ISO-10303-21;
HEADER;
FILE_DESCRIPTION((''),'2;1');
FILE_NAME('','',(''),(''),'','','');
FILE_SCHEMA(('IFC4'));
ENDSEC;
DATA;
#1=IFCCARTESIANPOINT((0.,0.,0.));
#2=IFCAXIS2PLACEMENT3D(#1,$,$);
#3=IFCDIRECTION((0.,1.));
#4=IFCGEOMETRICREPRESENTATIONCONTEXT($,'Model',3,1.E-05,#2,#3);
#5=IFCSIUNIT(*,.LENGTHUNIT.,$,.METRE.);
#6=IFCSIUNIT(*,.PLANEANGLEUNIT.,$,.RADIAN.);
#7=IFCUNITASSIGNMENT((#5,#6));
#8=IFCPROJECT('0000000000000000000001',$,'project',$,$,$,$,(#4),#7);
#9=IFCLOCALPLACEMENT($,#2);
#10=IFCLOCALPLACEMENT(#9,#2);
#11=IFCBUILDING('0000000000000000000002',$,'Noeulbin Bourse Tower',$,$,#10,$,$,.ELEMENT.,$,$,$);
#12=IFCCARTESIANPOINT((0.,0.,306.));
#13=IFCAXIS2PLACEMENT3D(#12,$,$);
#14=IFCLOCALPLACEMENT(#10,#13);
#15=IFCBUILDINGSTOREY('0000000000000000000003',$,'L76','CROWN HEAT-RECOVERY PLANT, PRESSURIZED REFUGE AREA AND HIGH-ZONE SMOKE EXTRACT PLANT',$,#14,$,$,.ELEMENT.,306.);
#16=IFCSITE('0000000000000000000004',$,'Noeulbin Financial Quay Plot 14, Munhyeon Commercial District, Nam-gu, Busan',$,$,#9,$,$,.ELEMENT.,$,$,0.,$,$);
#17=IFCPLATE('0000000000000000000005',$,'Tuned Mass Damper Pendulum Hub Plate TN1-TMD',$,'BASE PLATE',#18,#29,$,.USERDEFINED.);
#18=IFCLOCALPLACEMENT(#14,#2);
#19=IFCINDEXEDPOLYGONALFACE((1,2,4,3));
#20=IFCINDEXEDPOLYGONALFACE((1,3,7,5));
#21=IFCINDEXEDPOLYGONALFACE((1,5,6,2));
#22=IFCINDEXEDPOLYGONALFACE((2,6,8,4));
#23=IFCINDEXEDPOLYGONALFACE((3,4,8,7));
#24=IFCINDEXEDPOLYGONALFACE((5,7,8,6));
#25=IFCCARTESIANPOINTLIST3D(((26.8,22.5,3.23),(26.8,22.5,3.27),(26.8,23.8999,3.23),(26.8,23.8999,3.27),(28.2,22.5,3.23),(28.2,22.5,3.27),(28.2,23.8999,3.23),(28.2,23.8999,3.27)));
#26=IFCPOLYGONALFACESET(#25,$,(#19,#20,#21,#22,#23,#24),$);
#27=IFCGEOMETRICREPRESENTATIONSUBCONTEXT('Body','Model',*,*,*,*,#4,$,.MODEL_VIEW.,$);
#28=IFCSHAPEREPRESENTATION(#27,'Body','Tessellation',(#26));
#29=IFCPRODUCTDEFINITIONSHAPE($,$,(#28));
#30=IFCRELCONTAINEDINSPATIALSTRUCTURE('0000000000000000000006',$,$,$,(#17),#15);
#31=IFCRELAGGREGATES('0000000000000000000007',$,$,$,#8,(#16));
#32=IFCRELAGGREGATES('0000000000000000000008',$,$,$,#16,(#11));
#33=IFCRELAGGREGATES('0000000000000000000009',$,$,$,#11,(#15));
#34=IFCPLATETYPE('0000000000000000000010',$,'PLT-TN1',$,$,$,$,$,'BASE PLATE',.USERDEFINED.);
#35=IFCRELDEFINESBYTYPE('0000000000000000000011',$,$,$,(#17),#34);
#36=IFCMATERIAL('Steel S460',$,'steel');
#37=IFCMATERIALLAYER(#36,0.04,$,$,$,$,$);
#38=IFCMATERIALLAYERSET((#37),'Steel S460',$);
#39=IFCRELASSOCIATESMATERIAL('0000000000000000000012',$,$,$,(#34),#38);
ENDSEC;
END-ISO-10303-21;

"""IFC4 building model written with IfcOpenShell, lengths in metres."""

from ifc_helpers import new_model, si_unit, direction, frame, origin, origin_2d, place, context, subcontext, project, spatial, rectangle, extrude, material, layer, layer_set, type_object, element, save


model = new_model("IFC4")

# Units and contexts
model_context = context("Model", 3, precision=1e-05, world=origin(), true_north=direction((0.0, 1.0)))
body_context = subcontext(model_context, "Body", "Model", "MODEL_VIEW")
ifc_project = project(units=[si_unit("LENGTHUNIT", "METRE"), si_unit("PLANEANGLEUNIT", "RADIAN")], contexts=[model_context])

# Site, building, storey
site_placement = place(None, origin())
site = spatial("IfcSite", under=ifc_project, at=site_placement, Name="Noeulbin Financial Quay Plot 14, Munhyeon Commercial District, Nam-gu, Busan", CompositionType="ELEMENT", RefElevation=0.0)
building_placement = place(site_placement, origin())
building = spatial("IfcBuilding", under=site, at=building_placement, Name="Noeulbin Bourse Tower", CompositionType="ELEMENT")
storey_placement = place(building_placement, frame((0.0, 0.0, 306.0)))
storey = spatial("IfcBuildingStorey", under=building, at=storey_placement, Name="L76", Description="CROWN HEAT-RECOVERY PLANT, PRESSURIZED REFUGE AREA AND HIGH-ZONE SMOKE EXTRACT PLANT", CompositionType="ELEMENT", Elevation=306.0)

# Shared definitions
ifc_material_1 = material(Name="Steel S460", Category="steel")

# Plate
ifc_layer_1 = layer(ifc_material_1, 0.04)
ifc_layer_set_1 = layer_set([ifc_layer_1], Name="Steel S460")
plate_type_1 = type_object("IfcPlateType", Name="PLT-TN1", ElementType="BASE PLATE", PredefinedType="USERDEFINED", material=ifc_layer_set_1)
plate_1_placement = place(storey_placement, frame((27.5, 23.2, 3.23), z_axis=(0.0, 0.0, 1.0), x_axis=(1.0, 0.0, 0.0)))
element("IfcPlate", 1, at=plate_1_placement, inside=storey, type_object=plate_type_1, Name="Tuned Mass Damper Pendulum Hub Plate TN1-TMD", ObjectType="BASE PLATE", PredefinedType="USERDEFINED", context=body_context, shape_type="SweptSolid", body=[
    extrude(rectangle(XDim=1.3999, YDim=1.3999, at=origin_2d()), origin(), (0.0, 0.0, 1.0), 0.04),
])

save(model, "model.ifc")
